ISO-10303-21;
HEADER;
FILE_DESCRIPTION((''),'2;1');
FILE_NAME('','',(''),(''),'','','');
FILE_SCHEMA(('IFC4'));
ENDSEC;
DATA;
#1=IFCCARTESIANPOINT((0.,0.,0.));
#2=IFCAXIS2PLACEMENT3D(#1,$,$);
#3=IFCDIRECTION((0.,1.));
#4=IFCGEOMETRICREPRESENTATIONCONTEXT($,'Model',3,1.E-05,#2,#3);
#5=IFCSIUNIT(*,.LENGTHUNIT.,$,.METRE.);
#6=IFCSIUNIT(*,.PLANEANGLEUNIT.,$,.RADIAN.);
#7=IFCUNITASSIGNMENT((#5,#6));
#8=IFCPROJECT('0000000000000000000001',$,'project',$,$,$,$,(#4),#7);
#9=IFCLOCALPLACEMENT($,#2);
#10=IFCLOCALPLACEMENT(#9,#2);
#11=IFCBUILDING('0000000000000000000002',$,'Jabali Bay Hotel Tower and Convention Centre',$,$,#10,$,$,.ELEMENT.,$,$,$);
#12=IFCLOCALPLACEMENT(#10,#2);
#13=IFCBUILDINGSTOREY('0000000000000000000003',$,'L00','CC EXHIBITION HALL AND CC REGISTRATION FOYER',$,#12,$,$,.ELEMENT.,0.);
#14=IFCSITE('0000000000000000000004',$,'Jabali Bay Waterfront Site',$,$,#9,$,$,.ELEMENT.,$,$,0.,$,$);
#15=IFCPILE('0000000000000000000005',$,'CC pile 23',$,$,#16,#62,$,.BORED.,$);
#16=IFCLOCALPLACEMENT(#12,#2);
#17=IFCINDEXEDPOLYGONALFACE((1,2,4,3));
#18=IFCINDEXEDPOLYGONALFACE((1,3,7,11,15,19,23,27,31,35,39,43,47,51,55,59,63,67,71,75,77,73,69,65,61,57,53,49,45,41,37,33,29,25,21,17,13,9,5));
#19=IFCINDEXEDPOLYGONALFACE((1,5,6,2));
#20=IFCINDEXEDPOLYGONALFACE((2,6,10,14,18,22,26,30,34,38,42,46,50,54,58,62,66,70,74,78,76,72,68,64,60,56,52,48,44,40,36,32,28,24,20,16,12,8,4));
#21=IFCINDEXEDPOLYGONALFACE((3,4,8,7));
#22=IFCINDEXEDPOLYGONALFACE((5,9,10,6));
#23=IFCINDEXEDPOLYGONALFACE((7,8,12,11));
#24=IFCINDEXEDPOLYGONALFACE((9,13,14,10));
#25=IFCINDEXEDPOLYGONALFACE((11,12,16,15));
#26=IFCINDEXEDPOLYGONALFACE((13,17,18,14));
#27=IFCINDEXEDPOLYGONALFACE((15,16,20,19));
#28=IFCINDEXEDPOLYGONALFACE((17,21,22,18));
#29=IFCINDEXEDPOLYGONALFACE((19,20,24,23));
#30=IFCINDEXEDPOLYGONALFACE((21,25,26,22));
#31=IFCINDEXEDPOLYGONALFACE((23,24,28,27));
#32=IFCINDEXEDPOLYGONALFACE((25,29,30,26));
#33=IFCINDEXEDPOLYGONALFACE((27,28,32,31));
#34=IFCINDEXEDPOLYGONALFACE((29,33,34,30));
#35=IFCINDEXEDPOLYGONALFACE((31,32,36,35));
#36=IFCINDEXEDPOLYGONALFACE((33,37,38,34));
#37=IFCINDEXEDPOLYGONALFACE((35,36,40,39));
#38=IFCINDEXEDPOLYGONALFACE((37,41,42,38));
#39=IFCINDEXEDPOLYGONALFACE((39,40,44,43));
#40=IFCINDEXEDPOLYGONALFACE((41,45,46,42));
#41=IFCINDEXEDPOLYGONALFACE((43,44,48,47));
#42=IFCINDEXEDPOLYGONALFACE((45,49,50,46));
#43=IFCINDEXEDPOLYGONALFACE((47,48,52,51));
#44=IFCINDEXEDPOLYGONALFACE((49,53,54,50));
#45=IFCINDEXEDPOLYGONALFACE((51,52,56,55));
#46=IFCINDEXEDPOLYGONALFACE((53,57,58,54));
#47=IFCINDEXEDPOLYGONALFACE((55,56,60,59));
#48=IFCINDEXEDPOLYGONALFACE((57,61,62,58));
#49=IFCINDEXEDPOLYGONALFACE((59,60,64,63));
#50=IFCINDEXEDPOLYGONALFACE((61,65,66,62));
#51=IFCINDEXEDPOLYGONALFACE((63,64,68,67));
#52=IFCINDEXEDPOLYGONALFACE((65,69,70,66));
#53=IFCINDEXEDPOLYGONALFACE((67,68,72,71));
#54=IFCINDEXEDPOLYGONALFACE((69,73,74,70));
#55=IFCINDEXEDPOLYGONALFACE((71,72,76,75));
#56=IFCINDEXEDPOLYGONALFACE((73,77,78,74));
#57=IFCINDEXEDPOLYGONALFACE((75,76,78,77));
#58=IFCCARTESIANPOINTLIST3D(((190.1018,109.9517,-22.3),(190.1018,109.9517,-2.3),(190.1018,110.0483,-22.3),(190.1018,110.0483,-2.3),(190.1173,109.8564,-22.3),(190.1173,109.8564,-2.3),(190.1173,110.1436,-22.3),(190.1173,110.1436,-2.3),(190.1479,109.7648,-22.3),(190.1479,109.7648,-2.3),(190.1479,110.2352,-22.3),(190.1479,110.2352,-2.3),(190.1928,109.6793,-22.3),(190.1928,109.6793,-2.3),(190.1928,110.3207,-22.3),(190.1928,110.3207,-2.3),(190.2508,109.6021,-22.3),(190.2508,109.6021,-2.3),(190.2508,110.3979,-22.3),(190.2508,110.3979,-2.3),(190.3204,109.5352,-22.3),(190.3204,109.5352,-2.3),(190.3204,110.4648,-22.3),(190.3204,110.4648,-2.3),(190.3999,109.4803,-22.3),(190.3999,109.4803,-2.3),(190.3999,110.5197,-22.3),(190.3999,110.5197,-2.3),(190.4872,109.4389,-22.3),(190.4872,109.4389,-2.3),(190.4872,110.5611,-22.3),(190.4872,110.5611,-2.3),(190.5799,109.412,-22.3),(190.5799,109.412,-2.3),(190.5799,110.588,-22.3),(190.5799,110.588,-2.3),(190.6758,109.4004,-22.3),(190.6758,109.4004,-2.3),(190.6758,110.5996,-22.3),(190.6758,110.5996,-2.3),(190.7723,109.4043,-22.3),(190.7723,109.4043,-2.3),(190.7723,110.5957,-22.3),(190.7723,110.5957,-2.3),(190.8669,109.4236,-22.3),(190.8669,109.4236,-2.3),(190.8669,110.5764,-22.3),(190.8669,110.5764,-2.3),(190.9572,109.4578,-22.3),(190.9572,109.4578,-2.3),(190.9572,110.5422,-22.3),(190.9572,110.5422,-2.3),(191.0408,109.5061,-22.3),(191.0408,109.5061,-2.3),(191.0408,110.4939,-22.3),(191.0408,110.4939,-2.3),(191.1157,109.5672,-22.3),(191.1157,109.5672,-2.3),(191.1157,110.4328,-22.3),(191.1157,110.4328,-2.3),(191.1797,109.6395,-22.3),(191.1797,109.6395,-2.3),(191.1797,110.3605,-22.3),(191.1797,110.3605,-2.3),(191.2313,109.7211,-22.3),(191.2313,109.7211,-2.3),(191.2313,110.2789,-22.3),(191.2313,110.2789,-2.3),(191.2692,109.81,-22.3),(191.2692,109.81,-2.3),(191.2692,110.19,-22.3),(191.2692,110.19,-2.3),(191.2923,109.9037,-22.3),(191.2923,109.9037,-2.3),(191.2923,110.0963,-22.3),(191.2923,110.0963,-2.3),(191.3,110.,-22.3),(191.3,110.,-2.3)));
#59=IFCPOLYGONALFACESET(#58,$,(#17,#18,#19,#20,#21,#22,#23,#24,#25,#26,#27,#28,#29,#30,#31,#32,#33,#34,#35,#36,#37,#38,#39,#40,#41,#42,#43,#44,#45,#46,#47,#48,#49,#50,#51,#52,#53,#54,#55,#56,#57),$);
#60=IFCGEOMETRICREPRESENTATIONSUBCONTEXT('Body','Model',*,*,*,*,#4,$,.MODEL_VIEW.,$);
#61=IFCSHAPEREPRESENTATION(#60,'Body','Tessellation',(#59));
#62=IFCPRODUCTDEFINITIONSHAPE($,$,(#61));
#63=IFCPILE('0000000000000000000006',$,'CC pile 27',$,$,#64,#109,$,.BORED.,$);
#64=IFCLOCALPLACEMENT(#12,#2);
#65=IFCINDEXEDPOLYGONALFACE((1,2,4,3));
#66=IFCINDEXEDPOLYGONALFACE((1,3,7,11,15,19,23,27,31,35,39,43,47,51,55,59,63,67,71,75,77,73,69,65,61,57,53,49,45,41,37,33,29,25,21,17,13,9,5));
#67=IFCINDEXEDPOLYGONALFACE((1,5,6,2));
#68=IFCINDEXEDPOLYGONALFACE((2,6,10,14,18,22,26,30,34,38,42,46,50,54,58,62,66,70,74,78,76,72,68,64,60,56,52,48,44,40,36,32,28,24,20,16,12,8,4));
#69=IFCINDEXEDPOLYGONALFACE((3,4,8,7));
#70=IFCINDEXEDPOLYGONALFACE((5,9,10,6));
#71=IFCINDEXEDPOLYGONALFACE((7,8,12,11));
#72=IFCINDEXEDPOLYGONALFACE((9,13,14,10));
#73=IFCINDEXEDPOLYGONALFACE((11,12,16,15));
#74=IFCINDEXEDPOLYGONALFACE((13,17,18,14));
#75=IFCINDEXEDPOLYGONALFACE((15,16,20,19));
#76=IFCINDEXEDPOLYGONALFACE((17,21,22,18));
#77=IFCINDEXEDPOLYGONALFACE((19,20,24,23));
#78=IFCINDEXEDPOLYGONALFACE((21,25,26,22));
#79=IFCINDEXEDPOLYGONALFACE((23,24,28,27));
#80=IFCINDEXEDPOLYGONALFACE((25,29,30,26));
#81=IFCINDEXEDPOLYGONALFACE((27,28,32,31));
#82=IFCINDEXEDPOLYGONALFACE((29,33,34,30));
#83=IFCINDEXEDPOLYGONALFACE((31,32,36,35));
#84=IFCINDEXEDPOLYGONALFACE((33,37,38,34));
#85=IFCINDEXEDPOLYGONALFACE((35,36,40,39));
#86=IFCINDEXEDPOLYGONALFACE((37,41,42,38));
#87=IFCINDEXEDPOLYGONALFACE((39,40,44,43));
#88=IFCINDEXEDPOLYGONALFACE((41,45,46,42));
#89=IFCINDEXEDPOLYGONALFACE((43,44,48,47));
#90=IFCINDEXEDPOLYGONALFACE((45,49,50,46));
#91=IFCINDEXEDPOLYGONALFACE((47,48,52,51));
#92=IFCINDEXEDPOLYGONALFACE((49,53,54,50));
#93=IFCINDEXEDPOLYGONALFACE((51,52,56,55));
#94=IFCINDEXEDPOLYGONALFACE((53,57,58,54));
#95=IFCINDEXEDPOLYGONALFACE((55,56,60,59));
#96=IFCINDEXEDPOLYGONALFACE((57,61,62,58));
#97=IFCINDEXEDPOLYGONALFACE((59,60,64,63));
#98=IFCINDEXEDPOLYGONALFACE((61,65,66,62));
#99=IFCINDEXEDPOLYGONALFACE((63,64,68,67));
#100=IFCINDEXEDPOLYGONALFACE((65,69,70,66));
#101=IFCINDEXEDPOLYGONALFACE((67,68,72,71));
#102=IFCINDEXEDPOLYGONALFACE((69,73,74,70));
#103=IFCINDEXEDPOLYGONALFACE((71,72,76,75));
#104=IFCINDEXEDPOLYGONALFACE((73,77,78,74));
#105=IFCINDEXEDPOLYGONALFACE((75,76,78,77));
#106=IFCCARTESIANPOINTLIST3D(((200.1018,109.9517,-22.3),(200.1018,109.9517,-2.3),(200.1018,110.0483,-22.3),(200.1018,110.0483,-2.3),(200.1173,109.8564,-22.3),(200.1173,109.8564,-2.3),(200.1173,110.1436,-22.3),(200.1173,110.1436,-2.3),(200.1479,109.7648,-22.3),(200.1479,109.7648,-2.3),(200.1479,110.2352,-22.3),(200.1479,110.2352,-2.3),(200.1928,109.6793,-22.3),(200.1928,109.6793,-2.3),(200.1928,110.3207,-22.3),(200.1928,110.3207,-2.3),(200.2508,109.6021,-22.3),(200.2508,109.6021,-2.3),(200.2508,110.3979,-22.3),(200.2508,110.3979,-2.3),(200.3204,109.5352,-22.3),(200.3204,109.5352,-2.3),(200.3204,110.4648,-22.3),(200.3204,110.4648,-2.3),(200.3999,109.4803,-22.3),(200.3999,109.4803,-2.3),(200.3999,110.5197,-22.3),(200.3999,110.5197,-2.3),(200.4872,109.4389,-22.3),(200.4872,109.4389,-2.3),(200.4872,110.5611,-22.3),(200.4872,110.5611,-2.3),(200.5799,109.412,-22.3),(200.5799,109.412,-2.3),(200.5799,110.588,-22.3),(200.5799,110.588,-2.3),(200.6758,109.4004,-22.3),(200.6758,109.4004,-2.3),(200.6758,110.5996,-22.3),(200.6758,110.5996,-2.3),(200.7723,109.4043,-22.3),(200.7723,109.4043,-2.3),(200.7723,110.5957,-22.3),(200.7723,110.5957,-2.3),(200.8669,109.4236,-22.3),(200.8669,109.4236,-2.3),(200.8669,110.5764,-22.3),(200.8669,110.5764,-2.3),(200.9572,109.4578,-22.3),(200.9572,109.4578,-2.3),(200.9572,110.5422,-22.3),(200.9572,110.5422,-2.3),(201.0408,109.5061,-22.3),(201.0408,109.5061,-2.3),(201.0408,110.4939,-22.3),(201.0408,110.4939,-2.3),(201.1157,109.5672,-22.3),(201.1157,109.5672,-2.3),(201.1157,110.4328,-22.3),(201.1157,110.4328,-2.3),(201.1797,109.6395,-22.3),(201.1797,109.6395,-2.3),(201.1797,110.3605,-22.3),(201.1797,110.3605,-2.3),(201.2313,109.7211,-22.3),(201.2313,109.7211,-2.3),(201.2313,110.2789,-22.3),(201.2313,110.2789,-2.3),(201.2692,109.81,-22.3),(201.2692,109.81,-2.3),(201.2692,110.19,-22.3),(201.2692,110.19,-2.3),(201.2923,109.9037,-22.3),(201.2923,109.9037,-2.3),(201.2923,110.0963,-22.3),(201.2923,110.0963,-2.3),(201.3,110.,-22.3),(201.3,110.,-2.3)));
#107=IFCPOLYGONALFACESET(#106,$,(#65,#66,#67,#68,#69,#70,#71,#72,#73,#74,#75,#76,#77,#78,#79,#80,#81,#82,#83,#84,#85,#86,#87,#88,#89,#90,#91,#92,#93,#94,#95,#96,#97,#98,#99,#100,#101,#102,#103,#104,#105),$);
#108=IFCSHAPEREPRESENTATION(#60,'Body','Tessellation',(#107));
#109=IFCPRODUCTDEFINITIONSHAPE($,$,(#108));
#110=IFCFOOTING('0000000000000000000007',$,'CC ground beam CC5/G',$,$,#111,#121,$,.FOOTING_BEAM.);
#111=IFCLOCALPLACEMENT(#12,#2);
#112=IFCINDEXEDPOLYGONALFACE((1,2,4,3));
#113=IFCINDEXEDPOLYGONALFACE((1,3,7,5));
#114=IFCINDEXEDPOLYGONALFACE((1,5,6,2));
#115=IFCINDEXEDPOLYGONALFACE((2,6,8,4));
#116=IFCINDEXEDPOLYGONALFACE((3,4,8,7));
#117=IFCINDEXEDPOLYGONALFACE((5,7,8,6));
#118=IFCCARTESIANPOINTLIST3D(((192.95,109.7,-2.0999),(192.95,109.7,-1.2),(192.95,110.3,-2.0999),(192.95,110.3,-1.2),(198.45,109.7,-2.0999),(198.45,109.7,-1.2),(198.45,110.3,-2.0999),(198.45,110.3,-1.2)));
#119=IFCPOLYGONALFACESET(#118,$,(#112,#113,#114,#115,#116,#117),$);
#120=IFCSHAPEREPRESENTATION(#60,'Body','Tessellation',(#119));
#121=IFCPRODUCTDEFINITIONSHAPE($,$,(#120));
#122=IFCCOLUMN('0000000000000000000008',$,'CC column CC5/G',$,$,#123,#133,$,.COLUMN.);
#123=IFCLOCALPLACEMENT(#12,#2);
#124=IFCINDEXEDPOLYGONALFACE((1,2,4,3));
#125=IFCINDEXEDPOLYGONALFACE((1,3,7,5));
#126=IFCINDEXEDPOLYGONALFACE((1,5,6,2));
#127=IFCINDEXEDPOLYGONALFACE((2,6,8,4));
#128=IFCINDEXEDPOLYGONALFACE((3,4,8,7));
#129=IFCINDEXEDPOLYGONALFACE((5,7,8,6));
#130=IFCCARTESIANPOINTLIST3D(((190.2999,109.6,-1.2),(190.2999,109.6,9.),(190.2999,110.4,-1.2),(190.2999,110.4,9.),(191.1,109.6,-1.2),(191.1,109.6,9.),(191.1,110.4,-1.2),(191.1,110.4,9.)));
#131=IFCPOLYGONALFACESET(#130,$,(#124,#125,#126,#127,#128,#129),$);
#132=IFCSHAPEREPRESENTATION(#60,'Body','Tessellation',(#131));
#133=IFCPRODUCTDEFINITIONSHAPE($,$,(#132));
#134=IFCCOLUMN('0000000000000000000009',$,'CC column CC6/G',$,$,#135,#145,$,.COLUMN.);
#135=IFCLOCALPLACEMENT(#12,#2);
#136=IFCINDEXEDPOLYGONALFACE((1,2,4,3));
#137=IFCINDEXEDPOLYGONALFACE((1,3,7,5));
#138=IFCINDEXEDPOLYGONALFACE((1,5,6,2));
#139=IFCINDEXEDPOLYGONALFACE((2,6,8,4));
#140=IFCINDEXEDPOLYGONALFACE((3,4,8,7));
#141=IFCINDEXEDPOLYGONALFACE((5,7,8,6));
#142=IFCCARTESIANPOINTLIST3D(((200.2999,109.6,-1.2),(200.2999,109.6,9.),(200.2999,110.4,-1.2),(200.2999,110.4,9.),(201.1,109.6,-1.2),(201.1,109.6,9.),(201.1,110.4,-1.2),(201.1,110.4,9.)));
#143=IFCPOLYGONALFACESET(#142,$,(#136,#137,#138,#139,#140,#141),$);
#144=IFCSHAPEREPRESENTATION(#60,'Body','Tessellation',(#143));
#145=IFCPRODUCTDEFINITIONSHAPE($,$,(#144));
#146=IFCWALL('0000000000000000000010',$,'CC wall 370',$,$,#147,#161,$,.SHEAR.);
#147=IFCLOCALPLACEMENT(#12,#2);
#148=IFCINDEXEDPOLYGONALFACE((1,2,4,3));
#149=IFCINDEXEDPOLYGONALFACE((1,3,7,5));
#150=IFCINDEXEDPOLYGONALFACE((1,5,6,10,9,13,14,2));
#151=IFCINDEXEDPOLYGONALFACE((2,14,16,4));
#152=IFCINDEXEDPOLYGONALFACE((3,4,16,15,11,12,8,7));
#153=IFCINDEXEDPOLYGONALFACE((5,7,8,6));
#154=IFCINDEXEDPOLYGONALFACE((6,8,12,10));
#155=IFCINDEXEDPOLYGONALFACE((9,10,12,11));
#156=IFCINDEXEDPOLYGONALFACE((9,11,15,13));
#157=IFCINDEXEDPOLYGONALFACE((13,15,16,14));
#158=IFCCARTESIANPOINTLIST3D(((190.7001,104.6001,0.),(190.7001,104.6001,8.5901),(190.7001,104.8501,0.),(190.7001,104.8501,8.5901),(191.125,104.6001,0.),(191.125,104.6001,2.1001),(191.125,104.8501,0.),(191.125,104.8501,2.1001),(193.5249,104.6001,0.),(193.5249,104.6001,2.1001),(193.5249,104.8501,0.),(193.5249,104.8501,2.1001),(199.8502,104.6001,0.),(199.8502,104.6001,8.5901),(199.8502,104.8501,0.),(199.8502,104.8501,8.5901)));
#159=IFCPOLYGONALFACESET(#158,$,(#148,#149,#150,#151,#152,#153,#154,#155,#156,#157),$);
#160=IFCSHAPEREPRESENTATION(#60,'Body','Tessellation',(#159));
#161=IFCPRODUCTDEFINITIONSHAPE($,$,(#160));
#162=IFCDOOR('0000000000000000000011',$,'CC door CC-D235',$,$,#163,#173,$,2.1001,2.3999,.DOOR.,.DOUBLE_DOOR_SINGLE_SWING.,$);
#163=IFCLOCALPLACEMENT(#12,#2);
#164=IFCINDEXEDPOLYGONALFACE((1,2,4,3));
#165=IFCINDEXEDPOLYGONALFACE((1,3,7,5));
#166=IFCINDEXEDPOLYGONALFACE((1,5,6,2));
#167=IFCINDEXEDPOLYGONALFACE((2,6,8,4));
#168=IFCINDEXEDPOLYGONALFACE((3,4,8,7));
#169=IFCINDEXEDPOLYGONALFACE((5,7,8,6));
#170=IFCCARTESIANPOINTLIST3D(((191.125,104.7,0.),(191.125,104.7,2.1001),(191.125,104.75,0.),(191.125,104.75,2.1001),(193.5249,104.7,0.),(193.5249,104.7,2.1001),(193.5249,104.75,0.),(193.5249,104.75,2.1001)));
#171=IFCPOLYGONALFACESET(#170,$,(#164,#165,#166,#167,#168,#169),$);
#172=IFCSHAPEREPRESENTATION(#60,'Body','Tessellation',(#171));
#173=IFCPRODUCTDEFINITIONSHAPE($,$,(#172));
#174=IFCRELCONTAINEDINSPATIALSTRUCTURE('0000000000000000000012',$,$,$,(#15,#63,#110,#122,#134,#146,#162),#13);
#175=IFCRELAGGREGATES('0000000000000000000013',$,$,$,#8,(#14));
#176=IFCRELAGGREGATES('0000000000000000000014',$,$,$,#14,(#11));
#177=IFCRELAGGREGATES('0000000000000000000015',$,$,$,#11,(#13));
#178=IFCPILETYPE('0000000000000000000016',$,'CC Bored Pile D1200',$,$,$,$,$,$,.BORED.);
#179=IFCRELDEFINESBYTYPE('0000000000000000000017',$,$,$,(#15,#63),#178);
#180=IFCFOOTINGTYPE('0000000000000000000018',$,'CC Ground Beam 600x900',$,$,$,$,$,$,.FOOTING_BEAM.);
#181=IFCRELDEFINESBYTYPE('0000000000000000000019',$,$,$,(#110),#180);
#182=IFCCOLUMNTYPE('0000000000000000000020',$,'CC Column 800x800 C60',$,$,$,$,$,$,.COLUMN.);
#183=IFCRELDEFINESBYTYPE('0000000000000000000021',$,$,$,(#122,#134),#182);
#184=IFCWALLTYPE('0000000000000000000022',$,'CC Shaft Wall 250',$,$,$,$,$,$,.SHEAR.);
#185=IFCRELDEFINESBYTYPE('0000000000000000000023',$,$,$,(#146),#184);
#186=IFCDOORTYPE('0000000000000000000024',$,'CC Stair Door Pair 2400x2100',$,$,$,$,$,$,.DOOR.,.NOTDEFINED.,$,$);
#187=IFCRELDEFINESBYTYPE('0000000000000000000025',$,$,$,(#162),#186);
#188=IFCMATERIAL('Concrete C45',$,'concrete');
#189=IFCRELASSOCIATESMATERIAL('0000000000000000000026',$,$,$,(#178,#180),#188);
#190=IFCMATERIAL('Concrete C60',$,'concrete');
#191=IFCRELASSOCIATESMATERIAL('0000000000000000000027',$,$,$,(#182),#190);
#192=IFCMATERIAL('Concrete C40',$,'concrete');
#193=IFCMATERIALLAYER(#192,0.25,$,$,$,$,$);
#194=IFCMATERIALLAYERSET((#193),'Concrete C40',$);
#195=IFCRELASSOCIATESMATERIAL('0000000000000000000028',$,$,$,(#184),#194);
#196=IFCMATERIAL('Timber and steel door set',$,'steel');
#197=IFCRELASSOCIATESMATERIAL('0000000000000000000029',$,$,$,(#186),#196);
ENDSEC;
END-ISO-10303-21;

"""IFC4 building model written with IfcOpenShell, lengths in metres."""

from ifc_helpers import new_model, si_unit, direction, frame, frame_2d, origin, origin_2d, place, context, subcontext, project, spatial, rectangle, circle, extrude, material, layer, layer_set, material_profile, profile_set, type_object, element, fill, save


model = new_model("IFC4")

# Units and contexts
model_context = context("Model", 3, precision=1e-05, world=origin(), true_north=direction((0.0, 1.0)))
body_context = subcontext(model_context, "Body", "Model", "MODEL_VIEW")
ifc_project = project(units=[si_unit("LENGTHUNIT", "METRE"), si_unit("PLANEANGLEUNIT", "RADIAN")], contexts=[model_context])

# Site, building, storey
site_placement = place(None, origin())
site = spatial("IfcSite", under=ifc_project, at=site_placement, Name="Jabali Bay Waterfront Site", CompositionType="ELEMENT", RefElevation=0.0)
building_placement = place(site_placement, origin())
building = spatial("IfcBuilding", under=site, at=building_placement, Name="Jabali Bay Hotel Tower and Convention Centre", CompositionType="ELEMENT")
storey_placement = place(building_placement, origin())
storey = spatial("IfcBuildingStorey", under=building, at=storey_placement, Name="L00", Description="CC EXHIBITION HALL AND CC REGISTRATION FOYER", CompositionType="ELEMENT", Elevation=0.0)

# Piles
ifc_material_1 = material(Name="Concrete C45", Category="concrete")
ifc_material_profile_1 = material_profile(ifc_material_1, circle(Radius=0.6001, at=origin_2d()), Name="D1200")
ifc_profile_set_1 = profile_set([ifc_material_profile_1], Name="Concrete C45")
pile_type = type_object("IfcPileType", Name="CC Bored Pile D1200", PredefinedType="BORED", material=ifc_profile_set_1)
for number, where, z_axis, x_axis, name in (
    (1, (190.7, 110.0, -2.3), (0.0, 0.0, -1.0), (1.0, 0.0, 0.0), "CC pile 23"),
    (2, (200.7, 110.0, -2.3), (0.0, 0.0, -1.0), (1.0, 0.0, 0.0), "CC pile 27"),
):
    element("IfcPile", number, at=place(storey_placement, frame(where, z_axis=z_axis, x_axis=x_axis)), inside=storey, type_object=pile_type, Name=name, PredefinedType="BORED", context=body_context, shape_type="SweptSolid", body=[
        extrude(circle(Radius=0.6001, at=origin_2d()), origin(), (0.0, 0.0, 1.0), 20.0),
    ])

# Footing
ifc_material_profile_2 = material_profile(ifc_material_1, rectangle(XDim=0.6001, YDim=0.8999, at=origin_2d()), Name="RC 600x900")
ifc_profile_set_2 = profile_set([ifc_material_profile_2], Name="Concrete C45")
footing_type = type_object("IfcFootingType", Name="CC Ground Beam 600x900", PredefinedType="FOOTING_BEAM", material=ifc_profile_set_2)
footing_placement = place(storey_placement, frame((192.95, 110.0, -1.6499), z_axis=(1.0, 0.0, 0.0), x_axis=(0.0, 1.0, 0.0)))
element("IfcFooting", 3, at=footing_placement, inside=storey, type_object=footing_type, Name="CC ground beam CC5/G", PredefinedType="FOOTING_BEAM", context=body_context, shape_type="SweptSolid", body=[
    extrude(rectangle(XDim=0.6001, YDim=0.8999, at=origin_2d()), origin(), (0.0, 0.0, 1.0), 5.5),
])

# Columns
ifc_material_2 = material(Name="Concrete C60", Category="concrete")
ifc_material_profile_3 = material_profile(ifc_material_2, rectangle(XDim=0.8, YDim=0.8, at=origin_2d()), Name="RC 800x800")
ifc_profile_set_3 = profile_set([ifc_material_profile_3], Name="Concrete C60")
column_type = type_object("IfcColumnType", Name="CC Column 800x800 C60", PredefinedType="COLUMN", material=ifc_profile_set_3)
for number, where, z_axis, x_axis, name in (
    (4, (190.7, 110.0, -1.2), (0.0, 0.0, 1.0), (1.0, 0.0, 0.0), "CC column CC5/G"),
    (5, (200.7, 110.0, -1.2), (0.0, 0.0, 1.0), (1.0, 0.0, 0.0), "CC column CC6/G"),
):
    element("IfcColumn", number, at=place(storey_placement, frame(where, z_axis=z_axis, x_axis=x_axis)), inside=storey, type_object=column_type, Name=name, PredefinedType="COLUMN", context=body_context, shape_type="SweptSolid", body=[
        extrude(rectangle(XDim=0.8, YDim=0.8, at=origin_2d()), origin(), (0.0, 0.0, 1.0), 10.2),
    ])

# Wall, opening, door
ifc_material_3 = material(Name="Concrete C40", Category="concrete")
ifc_layer_1 = layer(ifc_material_3, 0.25)
ifc_layer_set_1 = layer_set([ifc_layer_1], Name="Concrete C40")
wall_type_1 = type_object("IfcWallType", Name="CC Shaft Wall 250", PredefinedType="SHEAR", material=ifc_layer_set_1)
wall_1_placement = place(storey_placement, frame((190.7, 104.7251, 0.0), z_axis=(0.0, 0.0, 1.0), x_axis=(1.0, 0.0, 0.0)))
wall_1 = element("IfcWall", 6, at=wall_1_placement, inside=storey, type_object=wall_type_1, Name="CC wall 370", PredefinedType="SHEAR", context=body_context, shape_type="SweptSolid", body=[
    extrude(rectangle(XDim=9.1501, YDim=0.25, at=frame_2d((4.5752, 0.0))), origin(), (0.0, 0.0, 1.0), 8.5901),
])
opening_1_placement = place(wall_1_placement, frame((0.425, 0.0, 0.0)))
opening_1 = element("IfcOpeningElement", 7, at=opening_1_placement, cuts=wall_1, PredefinedType="OPENING", context=body_context, shape_type="SweptSolid", body=[
    extrude(rectangle(XDim=2.3999, YDim=2.1001, at=frame_2d((1.2, 1.05))), frame((0.0, 0.1355, 0.0), z_axis=(0.0, -1.0, 0.0), x_axis=(1.0, 0.0, 0.0)), (0.0, 0.0, 1.0), 0.271),
])
ifc_material_4 = material(Name="Timber and steel door set", Category="steel")
door_type = type_object("IfcDoorType", Name="CC Stair Door Pair 2400x2100", OperationType="NOTDEFINED", PredefinedType="DOOR", material=ifc_material_4)
door_1_placement = place(opening_1_placement, origin())
door_1 = element("IfcDoor", 8, at=door_1_placement, inside=storey, type_object=door_type, Name="CC door CC-D235", OperationType="DOUBLE_DOOR_SINGLE_SWING", OverallHeight=2.1001, OverallWidth=2.3999, PredefinedType="DOOR", context=body_context, shape_type="SweptSolid", body=[
    extrude(rectangle(XDim=2.3999, YDim=2.1001, at=frame_2d((1.2, 1.05))), frame((0.0, 0.0249, 0.0), z_axis=(0.0, -1.0, 0.0), x_axis=(1.0, 0.0, 0.0)), (0.0, 0.0, 1.0), 0.05),
])
fill(opening_1, door_1)

save(model, "model.ifc")
